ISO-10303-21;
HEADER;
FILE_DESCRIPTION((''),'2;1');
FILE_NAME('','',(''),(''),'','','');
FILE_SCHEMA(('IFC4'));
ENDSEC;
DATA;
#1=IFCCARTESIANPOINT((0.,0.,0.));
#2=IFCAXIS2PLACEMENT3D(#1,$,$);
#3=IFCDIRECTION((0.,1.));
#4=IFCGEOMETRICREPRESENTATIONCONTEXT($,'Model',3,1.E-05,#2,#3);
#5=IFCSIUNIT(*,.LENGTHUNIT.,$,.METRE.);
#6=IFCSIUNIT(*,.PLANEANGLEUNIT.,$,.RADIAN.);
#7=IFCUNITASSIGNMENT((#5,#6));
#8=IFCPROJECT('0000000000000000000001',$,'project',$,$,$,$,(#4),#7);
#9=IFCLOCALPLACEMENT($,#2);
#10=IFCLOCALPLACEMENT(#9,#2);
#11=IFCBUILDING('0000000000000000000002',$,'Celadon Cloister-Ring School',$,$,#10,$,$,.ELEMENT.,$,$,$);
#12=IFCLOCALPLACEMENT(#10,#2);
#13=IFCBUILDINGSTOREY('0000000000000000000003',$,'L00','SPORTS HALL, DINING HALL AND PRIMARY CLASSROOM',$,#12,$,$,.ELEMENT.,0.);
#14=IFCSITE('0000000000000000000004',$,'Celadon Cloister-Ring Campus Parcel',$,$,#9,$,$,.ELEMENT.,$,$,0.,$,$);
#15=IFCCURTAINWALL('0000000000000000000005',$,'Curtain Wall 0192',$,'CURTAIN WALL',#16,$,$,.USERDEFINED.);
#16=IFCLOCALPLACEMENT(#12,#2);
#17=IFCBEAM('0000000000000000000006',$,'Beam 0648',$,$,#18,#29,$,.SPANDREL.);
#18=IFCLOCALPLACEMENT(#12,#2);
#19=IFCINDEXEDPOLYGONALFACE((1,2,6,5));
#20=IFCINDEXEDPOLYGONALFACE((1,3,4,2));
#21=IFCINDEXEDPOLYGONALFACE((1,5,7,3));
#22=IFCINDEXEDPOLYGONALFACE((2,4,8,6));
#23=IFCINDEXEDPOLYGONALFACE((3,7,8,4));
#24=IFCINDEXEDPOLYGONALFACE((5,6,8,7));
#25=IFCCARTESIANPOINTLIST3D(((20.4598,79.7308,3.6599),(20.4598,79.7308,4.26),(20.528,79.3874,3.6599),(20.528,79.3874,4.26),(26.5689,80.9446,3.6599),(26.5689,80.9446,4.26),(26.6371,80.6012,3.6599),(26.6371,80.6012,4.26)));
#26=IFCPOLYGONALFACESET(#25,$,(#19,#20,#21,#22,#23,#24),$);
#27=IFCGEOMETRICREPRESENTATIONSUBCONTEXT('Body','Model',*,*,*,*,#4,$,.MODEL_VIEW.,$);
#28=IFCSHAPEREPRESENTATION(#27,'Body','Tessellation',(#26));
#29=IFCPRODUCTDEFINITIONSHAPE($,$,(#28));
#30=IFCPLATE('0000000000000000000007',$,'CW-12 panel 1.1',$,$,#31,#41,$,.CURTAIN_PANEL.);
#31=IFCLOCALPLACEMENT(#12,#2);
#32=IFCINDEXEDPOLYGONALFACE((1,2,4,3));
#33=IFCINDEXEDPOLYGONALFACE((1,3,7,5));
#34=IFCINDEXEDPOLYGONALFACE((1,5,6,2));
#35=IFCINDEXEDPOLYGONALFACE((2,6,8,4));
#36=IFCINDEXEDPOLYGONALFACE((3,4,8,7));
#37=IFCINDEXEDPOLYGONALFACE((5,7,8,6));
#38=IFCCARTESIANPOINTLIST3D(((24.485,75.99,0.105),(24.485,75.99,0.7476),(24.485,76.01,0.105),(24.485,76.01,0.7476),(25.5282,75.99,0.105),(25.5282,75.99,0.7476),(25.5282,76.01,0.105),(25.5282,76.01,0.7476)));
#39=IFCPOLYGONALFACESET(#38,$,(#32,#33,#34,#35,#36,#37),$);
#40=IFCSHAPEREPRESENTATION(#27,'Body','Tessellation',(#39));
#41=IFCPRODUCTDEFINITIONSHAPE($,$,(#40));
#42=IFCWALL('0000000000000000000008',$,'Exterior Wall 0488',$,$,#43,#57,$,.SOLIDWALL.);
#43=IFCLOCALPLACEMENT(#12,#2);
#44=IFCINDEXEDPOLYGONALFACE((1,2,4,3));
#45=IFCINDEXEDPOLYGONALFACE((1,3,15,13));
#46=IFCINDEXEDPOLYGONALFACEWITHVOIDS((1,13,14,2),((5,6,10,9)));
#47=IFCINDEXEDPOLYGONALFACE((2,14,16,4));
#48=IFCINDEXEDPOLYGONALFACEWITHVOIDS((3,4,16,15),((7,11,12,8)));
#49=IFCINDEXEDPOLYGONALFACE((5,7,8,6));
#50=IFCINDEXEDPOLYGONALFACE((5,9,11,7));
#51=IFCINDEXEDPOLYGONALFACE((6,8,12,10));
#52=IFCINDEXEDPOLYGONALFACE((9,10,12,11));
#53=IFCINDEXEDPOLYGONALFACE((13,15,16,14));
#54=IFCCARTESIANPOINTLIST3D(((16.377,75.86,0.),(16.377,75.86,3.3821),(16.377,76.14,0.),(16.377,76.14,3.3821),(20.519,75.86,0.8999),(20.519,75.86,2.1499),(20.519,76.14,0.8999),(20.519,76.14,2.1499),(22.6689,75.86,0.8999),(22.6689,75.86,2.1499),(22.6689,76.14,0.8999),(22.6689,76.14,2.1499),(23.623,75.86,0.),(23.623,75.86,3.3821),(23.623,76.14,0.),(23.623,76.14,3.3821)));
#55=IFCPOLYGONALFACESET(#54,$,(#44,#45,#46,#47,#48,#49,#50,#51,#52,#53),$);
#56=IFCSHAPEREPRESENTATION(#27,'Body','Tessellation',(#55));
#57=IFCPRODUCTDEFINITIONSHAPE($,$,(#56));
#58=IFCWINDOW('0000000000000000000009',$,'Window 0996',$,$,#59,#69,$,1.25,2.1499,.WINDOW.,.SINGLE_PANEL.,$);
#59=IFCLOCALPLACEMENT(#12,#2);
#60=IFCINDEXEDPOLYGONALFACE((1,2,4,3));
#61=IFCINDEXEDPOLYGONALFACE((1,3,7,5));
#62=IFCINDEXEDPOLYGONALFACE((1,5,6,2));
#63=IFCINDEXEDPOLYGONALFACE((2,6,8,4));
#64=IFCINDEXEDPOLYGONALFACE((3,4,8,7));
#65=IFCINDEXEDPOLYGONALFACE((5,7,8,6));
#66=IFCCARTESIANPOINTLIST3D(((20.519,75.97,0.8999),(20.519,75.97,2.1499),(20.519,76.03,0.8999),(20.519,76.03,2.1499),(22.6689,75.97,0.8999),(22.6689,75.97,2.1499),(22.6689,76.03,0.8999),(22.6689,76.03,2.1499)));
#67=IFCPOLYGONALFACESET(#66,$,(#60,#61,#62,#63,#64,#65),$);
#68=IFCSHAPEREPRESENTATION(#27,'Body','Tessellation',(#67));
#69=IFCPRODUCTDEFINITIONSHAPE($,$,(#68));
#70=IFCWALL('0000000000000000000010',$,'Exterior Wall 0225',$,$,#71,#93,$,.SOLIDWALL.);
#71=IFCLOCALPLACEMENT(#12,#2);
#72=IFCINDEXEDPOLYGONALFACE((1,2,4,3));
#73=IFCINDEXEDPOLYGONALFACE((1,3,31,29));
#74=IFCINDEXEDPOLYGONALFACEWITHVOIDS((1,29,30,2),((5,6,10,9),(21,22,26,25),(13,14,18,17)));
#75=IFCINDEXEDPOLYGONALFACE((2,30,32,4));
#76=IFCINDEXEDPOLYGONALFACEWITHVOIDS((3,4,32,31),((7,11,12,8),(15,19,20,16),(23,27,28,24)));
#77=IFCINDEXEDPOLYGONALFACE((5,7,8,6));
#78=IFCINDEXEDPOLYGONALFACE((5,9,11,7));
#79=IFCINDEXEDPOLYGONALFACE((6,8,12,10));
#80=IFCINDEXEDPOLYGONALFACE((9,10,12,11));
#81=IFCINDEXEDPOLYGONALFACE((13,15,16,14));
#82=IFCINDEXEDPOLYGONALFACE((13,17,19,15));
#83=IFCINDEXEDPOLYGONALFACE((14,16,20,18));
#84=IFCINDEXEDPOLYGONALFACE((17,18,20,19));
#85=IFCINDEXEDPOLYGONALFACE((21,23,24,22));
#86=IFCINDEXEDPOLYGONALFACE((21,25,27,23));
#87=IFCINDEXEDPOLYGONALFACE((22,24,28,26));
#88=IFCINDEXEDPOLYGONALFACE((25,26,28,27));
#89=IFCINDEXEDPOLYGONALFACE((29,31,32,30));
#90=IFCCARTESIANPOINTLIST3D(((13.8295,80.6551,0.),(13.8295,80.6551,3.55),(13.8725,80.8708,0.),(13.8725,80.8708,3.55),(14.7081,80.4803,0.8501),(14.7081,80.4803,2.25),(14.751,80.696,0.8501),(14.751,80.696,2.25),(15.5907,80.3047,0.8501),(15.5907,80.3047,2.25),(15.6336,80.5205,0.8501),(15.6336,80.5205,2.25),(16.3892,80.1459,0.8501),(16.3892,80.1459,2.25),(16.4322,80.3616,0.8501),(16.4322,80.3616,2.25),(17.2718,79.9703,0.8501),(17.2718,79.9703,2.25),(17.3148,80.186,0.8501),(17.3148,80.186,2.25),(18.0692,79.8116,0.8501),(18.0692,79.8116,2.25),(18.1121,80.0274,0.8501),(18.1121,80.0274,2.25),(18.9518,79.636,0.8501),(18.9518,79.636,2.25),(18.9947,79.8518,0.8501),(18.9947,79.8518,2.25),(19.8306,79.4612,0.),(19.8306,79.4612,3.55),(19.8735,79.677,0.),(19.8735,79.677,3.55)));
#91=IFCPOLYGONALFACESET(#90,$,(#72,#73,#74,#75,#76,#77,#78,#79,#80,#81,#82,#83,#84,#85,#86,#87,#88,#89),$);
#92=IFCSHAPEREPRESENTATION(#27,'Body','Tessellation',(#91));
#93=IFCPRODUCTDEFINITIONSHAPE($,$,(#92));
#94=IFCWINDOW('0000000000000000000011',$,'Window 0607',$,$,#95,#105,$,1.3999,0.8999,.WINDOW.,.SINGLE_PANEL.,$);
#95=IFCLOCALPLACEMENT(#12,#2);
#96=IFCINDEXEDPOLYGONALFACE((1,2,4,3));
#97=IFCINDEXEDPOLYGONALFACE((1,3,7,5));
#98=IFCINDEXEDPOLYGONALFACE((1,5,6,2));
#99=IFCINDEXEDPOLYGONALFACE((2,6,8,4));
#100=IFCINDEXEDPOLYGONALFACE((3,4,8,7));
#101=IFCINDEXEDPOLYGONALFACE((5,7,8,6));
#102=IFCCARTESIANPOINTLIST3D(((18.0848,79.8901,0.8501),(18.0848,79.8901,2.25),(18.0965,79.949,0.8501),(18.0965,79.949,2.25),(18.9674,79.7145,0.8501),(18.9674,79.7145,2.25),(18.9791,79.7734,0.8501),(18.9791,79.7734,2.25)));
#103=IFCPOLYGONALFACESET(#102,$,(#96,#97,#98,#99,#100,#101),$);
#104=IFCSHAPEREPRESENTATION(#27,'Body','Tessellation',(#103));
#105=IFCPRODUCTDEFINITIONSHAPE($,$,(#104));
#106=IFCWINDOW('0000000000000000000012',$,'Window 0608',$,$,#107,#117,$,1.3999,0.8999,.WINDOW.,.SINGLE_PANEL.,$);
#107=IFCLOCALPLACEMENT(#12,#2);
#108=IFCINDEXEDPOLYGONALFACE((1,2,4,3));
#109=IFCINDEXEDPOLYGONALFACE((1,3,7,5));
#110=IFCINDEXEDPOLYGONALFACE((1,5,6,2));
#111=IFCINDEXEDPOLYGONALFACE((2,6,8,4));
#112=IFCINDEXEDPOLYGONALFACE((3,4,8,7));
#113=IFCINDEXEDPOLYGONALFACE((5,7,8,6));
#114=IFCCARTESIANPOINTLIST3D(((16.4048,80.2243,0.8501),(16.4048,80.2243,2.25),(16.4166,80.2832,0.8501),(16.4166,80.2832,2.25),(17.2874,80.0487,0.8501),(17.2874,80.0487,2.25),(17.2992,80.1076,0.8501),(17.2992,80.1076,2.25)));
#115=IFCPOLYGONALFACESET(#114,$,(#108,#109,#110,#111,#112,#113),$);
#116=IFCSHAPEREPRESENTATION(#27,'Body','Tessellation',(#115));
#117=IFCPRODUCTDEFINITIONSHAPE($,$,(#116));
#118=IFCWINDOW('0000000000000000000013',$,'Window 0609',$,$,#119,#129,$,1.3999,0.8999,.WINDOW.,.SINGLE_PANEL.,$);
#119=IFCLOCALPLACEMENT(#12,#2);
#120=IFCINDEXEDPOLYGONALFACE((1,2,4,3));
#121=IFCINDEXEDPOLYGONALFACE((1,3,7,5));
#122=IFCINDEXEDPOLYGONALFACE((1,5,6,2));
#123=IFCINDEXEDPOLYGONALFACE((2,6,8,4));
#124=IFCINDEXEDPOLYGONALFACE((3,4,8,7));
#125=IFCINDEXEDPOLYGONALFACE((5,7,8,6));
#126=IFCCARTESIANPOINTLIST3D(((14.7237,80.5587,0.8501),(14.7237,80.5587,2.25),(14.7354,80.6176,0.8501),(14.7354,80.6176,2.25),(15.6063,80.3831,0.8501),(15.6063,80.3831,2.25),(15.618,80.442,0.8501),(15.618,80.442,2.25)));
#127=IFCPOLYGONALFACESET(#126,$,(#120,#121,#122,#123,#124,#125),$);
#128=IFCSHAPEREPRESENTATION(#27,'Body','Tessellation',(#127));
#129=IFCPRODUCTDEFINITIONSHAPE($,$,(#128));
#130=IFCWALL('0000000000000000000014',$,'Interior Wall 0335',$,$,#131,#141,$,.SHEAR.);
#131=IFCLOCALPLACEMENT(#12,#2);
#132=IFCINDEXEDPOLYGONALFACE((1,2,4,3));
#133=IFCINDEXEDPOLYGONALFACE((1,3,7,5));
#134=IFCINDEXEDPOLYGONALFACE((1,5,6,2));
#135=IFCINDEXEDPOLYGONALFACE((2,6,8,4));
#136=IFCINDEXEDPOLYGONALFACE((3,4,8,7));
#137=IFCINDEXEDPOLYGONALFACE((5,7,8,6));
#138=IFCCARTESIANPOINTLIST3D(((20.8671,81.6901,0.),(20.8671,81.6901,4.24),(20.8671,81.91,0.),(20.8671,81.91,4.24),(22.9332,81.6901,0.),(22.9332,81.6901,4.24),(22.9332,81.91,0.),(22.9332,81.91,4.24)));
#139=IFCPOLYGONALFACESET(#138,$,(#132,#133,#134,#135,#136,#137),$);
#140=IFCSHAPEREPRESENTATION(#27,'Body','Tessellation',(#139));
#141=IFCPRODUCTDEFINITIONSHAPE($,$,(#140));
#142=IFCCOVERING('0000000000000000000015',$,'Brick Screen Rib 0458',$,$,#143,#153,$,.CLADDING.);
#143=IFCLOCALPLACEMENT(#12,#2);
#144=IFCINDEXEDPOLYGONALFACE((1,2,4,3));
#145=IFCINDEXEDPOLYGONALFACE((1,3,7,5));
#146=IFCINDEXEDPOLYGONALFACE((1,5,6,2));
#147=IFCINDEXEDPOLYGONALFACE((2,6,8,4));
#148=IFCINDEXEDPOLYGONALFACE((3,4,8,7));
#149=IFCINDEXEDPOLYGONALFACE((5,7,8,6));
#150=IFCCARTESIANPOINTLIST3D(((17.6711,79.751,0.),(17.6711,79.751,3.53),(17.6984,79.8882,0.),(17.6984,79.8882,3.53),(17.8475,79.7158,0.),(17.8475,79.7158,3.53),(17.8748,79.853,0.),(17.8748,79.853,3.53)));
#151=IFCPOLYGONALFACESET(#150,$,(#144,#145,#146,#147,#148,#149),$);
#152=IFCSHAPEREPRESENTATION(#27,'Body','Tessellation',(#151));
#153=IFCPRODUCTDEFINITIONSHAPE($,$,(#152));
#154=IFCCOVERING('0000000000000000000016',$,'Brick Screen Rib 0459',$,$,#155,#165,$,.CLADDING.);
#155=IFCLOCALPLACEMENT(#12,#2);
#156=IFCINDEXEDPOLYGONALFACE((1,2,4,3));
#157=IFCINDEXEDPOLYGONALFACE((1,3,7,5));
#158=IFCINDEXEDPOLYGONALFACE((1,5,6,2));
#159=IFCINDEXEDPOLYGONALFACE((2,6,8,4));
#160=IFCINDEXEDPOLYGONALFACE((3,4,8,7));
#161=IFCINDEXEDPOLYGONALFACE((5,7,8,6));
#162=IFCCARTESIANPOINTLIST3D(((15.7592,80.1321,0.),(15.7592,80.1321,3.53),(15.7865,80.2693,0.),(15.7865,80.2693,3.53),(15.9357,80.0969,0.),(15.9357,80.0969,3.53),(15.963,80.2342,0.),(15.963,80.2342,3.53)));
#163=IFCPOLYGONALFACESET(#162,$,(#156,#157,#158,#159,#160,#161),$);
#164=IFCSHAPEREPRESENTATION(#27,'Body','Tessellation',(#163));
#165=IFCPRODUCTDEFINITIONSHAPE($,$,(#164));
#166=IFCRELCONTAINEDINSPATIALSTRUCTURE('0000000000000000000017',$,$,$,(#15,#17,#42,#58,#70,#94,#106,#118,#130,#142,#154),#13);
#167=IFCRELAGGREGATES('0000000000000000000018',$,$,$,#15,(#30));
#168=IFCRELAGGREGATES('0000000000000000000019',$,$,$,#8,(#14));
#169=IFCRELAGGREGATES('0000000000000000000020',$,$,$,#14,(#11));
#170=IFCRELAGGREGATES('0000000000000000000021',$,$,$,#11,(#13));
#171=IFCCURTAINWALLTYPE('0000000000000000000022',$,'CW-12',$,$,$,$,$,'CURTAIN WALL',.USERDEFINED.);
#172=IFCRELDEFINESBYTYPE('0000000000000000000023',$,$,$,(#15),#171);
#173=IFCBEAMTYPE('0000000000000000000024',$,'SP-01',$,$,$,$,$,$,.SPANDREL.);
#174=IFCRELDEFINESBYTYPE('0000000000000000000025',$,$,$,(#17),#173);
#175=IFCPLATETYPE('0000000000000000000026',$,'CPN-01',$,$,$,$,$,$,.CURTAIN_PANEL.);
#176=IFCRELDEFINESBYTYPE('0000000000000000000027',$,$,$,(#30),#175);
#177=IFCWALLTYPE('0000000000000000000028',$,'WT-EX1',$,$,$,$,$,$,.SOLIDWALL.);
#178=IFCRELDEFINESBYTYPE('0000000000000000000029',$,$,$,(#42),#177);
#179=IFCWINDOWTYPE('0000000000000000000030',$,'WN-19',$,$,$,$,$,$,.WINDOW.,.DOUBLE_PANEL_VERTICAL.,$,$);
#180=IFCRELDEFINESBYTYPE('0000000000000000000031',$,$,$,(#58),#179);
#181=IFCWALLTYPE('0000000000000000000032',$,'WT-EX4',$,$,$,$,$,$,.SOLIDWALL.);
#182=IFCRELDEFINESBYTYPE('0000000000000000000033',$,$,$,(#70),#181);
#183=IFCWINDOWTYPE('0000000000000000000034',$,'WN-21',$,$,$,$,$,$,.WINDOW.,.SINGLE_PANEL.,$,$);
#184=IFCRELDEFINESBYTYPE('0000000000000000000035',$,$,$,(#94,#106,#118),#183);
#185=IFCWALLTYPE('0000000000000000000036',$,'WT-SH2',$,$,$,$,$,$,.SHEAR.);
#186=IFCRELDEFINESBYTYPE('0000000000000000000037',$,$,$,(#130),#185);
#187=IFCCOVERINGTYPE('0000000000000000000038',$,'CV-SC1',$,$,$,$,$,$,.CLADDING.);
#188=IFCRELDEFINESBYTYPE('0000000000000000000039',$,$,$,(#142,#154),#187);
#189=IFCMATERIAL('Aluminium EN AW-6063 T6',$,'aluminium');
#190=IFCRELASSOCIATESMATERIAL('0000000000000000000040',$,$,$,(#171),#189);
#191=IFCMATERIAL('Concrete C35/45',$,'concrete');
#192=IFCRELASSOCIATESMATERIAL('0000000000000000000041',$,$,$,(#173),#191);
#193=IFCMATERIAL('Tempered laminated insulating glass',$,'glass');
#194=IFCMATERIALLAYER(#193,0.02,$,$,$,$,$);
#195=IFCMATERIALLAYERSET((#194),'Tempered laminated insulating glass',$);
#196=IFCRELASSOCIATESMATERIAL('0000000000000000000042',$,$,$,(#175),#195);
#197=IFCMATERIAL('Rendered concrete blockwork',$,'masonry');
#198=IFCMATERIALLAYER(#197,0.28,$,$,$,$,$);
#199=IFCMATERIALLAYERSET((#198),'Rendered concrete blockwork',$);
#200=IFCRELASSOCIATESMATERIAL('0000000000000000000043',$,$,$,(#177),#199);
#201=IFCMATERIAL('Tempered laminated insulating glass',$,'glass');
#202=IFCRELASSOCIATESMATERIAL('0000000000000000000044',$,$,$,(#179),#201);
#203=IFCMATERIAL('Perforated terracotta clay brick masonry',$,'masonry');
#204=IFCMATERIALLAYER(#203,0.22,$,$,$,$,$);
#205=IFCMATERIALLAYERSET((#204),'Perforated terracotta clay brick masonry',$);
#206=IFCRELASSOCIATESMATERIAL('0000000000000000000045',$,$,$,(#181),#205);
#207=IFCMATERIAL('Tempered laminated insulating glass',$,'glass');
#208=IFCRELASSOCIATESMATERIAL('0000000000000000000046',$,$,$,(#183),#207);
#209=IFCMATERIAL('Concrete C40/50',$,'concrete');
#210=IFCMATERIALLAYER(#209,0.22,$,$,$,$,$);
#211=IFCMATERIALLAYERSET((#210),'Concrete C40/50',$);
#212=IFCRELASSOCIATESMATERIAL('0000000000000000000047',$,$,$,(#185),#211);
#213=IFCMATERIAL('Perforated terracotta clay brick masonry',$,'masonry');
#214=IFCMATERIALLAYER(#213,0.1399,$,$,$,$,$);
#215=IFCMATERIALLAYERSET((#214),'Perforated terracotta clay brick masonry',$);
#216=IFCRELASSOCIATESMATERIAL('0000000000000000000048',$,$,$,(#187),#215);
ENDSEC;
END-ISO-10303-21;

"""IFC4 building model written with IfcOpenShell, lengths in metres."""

from ifc_helpers import new_model, si_unit, direction, frame, frame_2d, origin, origin_2d, place, context, subcontext, project, spatial, rectangle, extrude, material, layer, layer_set, material_profile, profile_set, type_object, element, fill, aggregate, save


model = new_model("IFC4")

# Units and contexts
model_context = context("Model", 3, precision=1e-05, world=origin(), true_north=direction((0.0, 1.0)))
body_context = subcontext(model_context, "Body", "Model", "MODEL_VIEW")
ifc_project = project(units=[si_unit("LENGTHUNIT", "METRE"), si_unit("PLANEANGLEUNIT", "RADIAN")], contexts=[model_context])

# Site, building, storey
site_placement = place(None, origin())
site = spatial("IfcSite", under=ifc_project, at=site_placement, Name="Celadon Cloister-Ring Campus Parcel", CompositionType="ELEMENT", RefElevation=0.0)
building_placement = place(site_placement, origin())
building = spatial("IfcBuilding", under=site, at=building_placement, Name="Celadon Cloister-Ring School", CompositionType="ELEMENT")
storey_placement = place(building_placement, origin())
storey = spatial("IfcBuildingStorey", under=building, at=storey_placement, Name="L00", Description="SPORTS HALL, DINING HALL AND PRIMARY CLASSROOM", CompositionType="ELEMENT", Elevation=0.0)

# Curtain wall
ifc_material_1 = material(Name="Aluminium EN AW-6063 T6", Category="aluminium")
curtain_wall_type = type_object("IfcCurtainWallType", Name="CW-12", ElementType="CURTAIN WALL", PredefinedType="USERDEFINED", material=ifc_material_1)
curtain_wall_placement = place(storey_placement, origin())
curtain_wall = element("IfcCurtainWall", 1, at=curtain_wall_placement, inside=storey, type_object=curtain_wall_type, Name="Curtain Wall 0192", ObjectType="CURTAIN WALL", PredefinedType="USERDEFINED")

# Beam
ifc_material_2 = material(Name="Concrete C35/45", Category="concrete")
ifc_material_profile_1 = material_profile(ifc_material_2, rectangle(XDim=0.3501, YDim=0.6001, at=origin_2d()), Name="RC350X600")
ifc_profile_set_1 = profile_set([ifc_material_profile_1], Name="Concrete C35/45")
beam_type_1 = type_object("IfcBeamType", Name="SP-01", PredefinedType="SPANDREL", material=ifc_profile_set_1)
beam_placement = place(storey_placement, frame((20.4939, 79.5591, 3.96), z_axis=(0.980826, 0.194887, 0.0), x_axis=(-0.194887, 0.980826, 0.0)))
element("IfcBeam", 2, at=beam_placement, inside=storey, type_object=beam_type_1, Name="Beam 0648", PredefinedType="SPANDREL", context=body_context, shape_type="SweptSolid", body=[
    extrude(rectangle(XDim=0.3501, YDim=0.6001, at=origin_2d()), origin(), (0.0, 0.0, 1.0), 6.2285),
])

# Plate
ifc_material_3 = material(Name="Tempered laminated insulating glass", Category="glass")
ifc_layer_1 = layer(ifc_material_3, 0.02)
ifc_layer_set_1 = layer_set([ifc_layer_1], Name="Tempered laminated insulating glass")
plate_type = type_object("IfcPlateType", Name="CPN-01", PredefinedType="CURTAIN_PANEL", material=ifc_layer_set_1)
plate_placement = place(storey_placement, frame((25.0066, 76.0, 0.105), z_axis=(0.0, 0.0, 1.0), x_axis=(1.0, 0.0, 0.0)))
plate = element("IfcPlate", 3, at=plate_placement, type_object=plate_type, Name="CW-12 panel 1.1", PredefinedType="CURTAIN_PANEL", context=body_context, shape_type="SweptSolid", body=[
    extrude(rectangle(XDim=1.0432, YDim=0.02, at=origin_2d()), origin(), (0.0, 0.0, 1.0), 0.6426),
])
aggregate(curtain_wall, [plate])

# Wall, opening, window
ifc_material_4 = material(Name="Rendered concrete blockwork", Category="masonry")
ifc_layer_2 = layer(ifc_material_4, 0.28)
ifc_layer_set_2 = layer_set([ifc_layer_2], Name="Rendered concrete blockwork")
wall_type_1 = type_object("IfcWallType", Name="WT-EX1", PredefinedType="SOLIDWALL", material=ifc_layer_set_2)
wall_1_placement = place(storey_placement, frame((16.377, 76.0, 0.0), z_axis=(0.0, 0.0, 1.0), x_axis=(1.0, 0.0, 0.0)))
wall_1 = element("IfcWall", 4, at=wall_1_placement, inside=storey, type_object=wall_type_1, Name="Exterior Wall 0488", PredefinedType="SOLIDWALL", context=body_context, shape_type="SweptSolid", body=[
    extrude(rectangle(XDim=7.2461, YDim=0.28, at=frame_2d((3.623, 0.0))), origin(), (0.0, 0.0, 1.0), 3.3821),
])
opening_1_placement = place(wall_1_placement, frame((4.1421, 0.0, 0.8999)))
opening_1 = element("IfcOpeningElement", 5, at=opening_1_placement, cuts=wall_1, PredefinedType="OPENING", context=body_context, shape_type="SweptSolid", body=[
    extrude(rectangle(XDim=2.1499, YDim=1.25, at=frame_2d((1.075, 0.625))), frame((0.0, 0.1499, 0.0), z_axis=(0.0, -1.0, 0.0), x_axis=(1.0, 0.0, 0.0)), (0.0, 0.0, 1.0), 0.3),
])
ifc_material_5 = material(Name="Tempered laminated insulating glass", Category="glass")
window_type_1 = type_object("IfcWindowType", Name="WN-19", PartitioningType="DOUBLE_PANEL_VERTICAL", PredefinedType="WINDOW", material=ifc_material_5)
window_1_placement = place(opening_1_placement, origin())
window_1 = element("IfcWindow", 6, at=window_1_placement, inside=storey, type_object=window_type_1, Name="Window 0996", OverallHeight=1.25, OverallWidth=2.1499, PartitioningType="SINGLE_PANEL", PredefinedType="WINDOW", context=body_context, shape_type="SweptSolid", body=[
    extrude(rectangle(XDim=2.1499, YDim=1.25, at=frame_2d((1.075, 0.625))), frame((0.0, 0.03, 0.0), z_axis=(0.0, -1.0, 0.0), x_axis=(1.0, 0.0, 0.0)), (0.0, 0.0, 1.0), 0.0601),
])
fill(opening_1, window_1)

# Wall, openings, windows
ifc_material_6 = material(Name="Perforated terracotta clay brick masonry", Category="masonry")
ifc_layer_3 = layer(ifc_material_6, 0.22)
ifc_layer_set_3 = layer_set([ifc_layer_3], Name="Perforated terracotta clay brick masonry")
wall_type_2 = type_object("IfcWallType", Name="WT-EX4", PredefinedType="SOLIDWALL", material=ifc_layer_set_3)
wall_2_placement = place(storey_placement, frame((19.8521, 79.5691, 0.0), z_axis=(0.0, 0.0, 1.0), x_axis=(-0.98078, 0.195118, 0.0)))
wall_2 = element("IfcWall", 7, at=wall_2_placement, inside=storey, type_object=wall_type_2, Name="Exterior Wall 0225", PredefinedType="SOLIDWALL", context=body_context, shape_type="SweptSolid", body=[
    extrude(rectangle(XDim=6.1187, YDim=0.22, at=frame_2d((3.0593, 0.0))), origin(), (0.0, 0.0, 1.0), 3.55),
])
opening_2_placement = place(wall_2_placement, frame((0.896, 0.0, 0.8501)))
opening_2 = element("IfcOpeningElement", 8, at=opening_2_placement, cuts=wall_2, PredefinedType="OPENING", context=body_context, shape_type="SweptSolid", body=[
    extrude(rectangle(XDim=0.8999, YDim=1.3999, at=frame_2d((0.45, 0.7))), frame((0.0, 0.1201, 0.0), z_axis=(0.0, -1.0, 0.0), x_axis=(1.0, 0.0, 0.0)), (0.0, 0.0, 1.0), 0.24),
])
opening_3_placement = place(wall_2_placement, frame((2.6089, 0.0, 0.8501)))
opening_3 = element("IfcOpeningElement", 9, at=opening_3_placement, cuts=wall_2, PredefinedType="OPENING", context=body_context, shape_type="SweptSolid", body=[
    extrude(rectangle(XDim=0.8999, YDim=1.3999, at=frame_2d((0.45, 0.7))), frame((0.0, 0.1201, 0.0), z_axis=(0.0, -1.0, 0.0), x_axis=(1.0, 0.0, 0.0)), (0.0, 0.0, 1.0), 0.24),
])
opening_4_placement = place(wall_2_placement, frame((4.323, 0.0, 0.8501)))
opening_4 = element("IfcOpeningElement", 10, at=opening_4_placement, cuts=wall_2, PredefinedType="OPENING", context=body_context, shape_type="SweptSolid", body=[
    extrude(rectangle(XDim=0.8999, YDim=1.3999, at=frame_2d((0.45, 0.7))), frame((0.0, 0.1201, 0.0), z_axis=(0.0, -1.0, 0.0), x_axis=(1.0, 0.0, 0.0)), (0.0, 0.0, 1.0), 0.24),
])
ifc_material_7 = material(Name="Tempered laminated insulating glass", Category="glass")
window_type_2 = type_object("IfcWindowType", Name="WN-21", PartitioningType="SINGLE_PANEL", PredefinedType="WINDOW", material=ifc_material_7)
window_2_placement = place(opening_2_placement, origin())
window_2 = element("IfcWindow", 11, at=window_2_placement, inside=storey, type_object=window_type_2, Name="Window 0607", OverallHeight=1.3999, OverallWidth=0.8999, PartitioningType="SINGLE_PANEL", PredefinedType="WINDOW", context=body_context, shape_type="SweptSolid", body=[
    extrude(rectangle(XDim=0.8999, YDim=1.3999, at=frame_2d((0.45, 0.7))), frame((0.0, 0.03, 0.0), z_axis=(0.0, -1.0, 0.0), x_axis=(1.0, 0.0, 0.0)), (0.0, 0.0, 1.0), 0.0601),
])
fill(opening_2, window_2)
window_3_placement = place(opening_3_placement, origin())
window_3 = element("IfcWindow", 12, at=window_3_placement, inside=storey, type_object=window_type_2, Name="Window 0608", OverallHeight=1.3999, OverallWidth=0.8999, PartitioningType="SINGLE_PANEL", PredefinedType="WINDOW", context=body_context, shape_type="SweptSolid", body=[
    extrude(rectangle(XDim=0.8999, YDim=1.3999, at=frame_2d((0.45, 0.7))), frame((0.0, 0.03, 0.0), z_axis=(0.0, -1.0, 0.0), x_axis=(1.0, 0.0, 0.0)), (0.0, 0.0, 1.0), 0.0601),
])
fill(opening_3, window_3)
window_4_placement = place(opening_4_placement, origin())
window_4 = element("IfcWindow", 13, at=window_4_placement, inside=storey, type_object=window_type_2, Name="Window 0609", OverallHeight=1.3999, OverallWidth=0.8999, PartitioningType="SINGLE_PANEL", PredefinedType="WINDOW", context=body_context, shape_type="SweptSolid", body=[
    extrude(rectangle(XDim=0.8999, YDim=1.3999, at=frame_2d((0.45, 0.7))), frame((0.0, 0.03, 0.0), z_axis=(0.0, -1.0, 0.0), x_axis=(1.0, 0.0, 0.0)), (0.0, 0.0, 1.0), 0.0601),
])
fill(opening_4, window_4)

# Wall
ifc_material_8 = material(Name="Concrete C40/50", Category="concrete")
ifc_layer_4 = layer(ifc_material_8, 0.22)
ifc_layer_set_4 = layer_set([ifc_layer_4], Name="Concrete C40/50")
wall_type_3 = type_object("IfcWallType", Name="WT-SH2", PredefinedType="SHEAR", material=ifc_layer_set_4)
wall_3_placement = place(storey_placement, frame((20.8669, 81.8, 0.0), z_axis=(0.0, 0.0, 1.0), x_axis=(1.0, 0.0, 0.0)))
element("IfcWall", 14, at=wall_3_placement, inside=storey, type_object=wall_type_3, Name="Interior Wall 0335", PredefinedType="SHEAR", context=body_context, shape_type="SweptSolid", body=[
    extrude(rectangle(XDim=2.0662, YDim=0.22, at=frame_2d((1.0332, 0.0))), origin(), (0.0, 0.0, 1.0), 4.24),
])

# Coverings
ifc_material_9 = material(Name="Perforated terracotta clay brick masonry", Category="masonry")
ifc_layer_5 = layer(ifc_material_9, 0.1399)
ifc_layer_set_5 = layer_set([ifc_layer_5], Name="Perforated terracotta clay brick masonry")
covering_type = type_object("IfcCoveringType", Name="CV-SC1", PredefinedType="CLADDING", material=ifc_layer_set_5)
for number, where, z_axis, x_axis, name in (
    (15, (17.7729, 79.802, 0.0), (0.0, 0.0, 1.0), (-0.980775, 0.195142, 0.0), "Brick Screen Rib 0458"),
    (16, (15.8611, 80.1831, 0.0), (0.0, 0.0, 1.0), (-0.980775, 0.195142, 0.0), "Brick Screen Rib 0459"),
):
    element("IfcCovering", number, at=place(storey_placement, frame(where, z_axis=z_axis, x_axis=x_axis)), inside=storey, type_object=covering_type, Name=name, PredefinedType="CLADDING", context=body_context, shape_type="SweptSolid", body=[
        extrude(rectangle(XDim=0.1799, YDim=0.1399, at=origin_2d()), origin(), (0.0, 0.0, 1.0), 3.53),
    ])

save(model, "model.ifc")
